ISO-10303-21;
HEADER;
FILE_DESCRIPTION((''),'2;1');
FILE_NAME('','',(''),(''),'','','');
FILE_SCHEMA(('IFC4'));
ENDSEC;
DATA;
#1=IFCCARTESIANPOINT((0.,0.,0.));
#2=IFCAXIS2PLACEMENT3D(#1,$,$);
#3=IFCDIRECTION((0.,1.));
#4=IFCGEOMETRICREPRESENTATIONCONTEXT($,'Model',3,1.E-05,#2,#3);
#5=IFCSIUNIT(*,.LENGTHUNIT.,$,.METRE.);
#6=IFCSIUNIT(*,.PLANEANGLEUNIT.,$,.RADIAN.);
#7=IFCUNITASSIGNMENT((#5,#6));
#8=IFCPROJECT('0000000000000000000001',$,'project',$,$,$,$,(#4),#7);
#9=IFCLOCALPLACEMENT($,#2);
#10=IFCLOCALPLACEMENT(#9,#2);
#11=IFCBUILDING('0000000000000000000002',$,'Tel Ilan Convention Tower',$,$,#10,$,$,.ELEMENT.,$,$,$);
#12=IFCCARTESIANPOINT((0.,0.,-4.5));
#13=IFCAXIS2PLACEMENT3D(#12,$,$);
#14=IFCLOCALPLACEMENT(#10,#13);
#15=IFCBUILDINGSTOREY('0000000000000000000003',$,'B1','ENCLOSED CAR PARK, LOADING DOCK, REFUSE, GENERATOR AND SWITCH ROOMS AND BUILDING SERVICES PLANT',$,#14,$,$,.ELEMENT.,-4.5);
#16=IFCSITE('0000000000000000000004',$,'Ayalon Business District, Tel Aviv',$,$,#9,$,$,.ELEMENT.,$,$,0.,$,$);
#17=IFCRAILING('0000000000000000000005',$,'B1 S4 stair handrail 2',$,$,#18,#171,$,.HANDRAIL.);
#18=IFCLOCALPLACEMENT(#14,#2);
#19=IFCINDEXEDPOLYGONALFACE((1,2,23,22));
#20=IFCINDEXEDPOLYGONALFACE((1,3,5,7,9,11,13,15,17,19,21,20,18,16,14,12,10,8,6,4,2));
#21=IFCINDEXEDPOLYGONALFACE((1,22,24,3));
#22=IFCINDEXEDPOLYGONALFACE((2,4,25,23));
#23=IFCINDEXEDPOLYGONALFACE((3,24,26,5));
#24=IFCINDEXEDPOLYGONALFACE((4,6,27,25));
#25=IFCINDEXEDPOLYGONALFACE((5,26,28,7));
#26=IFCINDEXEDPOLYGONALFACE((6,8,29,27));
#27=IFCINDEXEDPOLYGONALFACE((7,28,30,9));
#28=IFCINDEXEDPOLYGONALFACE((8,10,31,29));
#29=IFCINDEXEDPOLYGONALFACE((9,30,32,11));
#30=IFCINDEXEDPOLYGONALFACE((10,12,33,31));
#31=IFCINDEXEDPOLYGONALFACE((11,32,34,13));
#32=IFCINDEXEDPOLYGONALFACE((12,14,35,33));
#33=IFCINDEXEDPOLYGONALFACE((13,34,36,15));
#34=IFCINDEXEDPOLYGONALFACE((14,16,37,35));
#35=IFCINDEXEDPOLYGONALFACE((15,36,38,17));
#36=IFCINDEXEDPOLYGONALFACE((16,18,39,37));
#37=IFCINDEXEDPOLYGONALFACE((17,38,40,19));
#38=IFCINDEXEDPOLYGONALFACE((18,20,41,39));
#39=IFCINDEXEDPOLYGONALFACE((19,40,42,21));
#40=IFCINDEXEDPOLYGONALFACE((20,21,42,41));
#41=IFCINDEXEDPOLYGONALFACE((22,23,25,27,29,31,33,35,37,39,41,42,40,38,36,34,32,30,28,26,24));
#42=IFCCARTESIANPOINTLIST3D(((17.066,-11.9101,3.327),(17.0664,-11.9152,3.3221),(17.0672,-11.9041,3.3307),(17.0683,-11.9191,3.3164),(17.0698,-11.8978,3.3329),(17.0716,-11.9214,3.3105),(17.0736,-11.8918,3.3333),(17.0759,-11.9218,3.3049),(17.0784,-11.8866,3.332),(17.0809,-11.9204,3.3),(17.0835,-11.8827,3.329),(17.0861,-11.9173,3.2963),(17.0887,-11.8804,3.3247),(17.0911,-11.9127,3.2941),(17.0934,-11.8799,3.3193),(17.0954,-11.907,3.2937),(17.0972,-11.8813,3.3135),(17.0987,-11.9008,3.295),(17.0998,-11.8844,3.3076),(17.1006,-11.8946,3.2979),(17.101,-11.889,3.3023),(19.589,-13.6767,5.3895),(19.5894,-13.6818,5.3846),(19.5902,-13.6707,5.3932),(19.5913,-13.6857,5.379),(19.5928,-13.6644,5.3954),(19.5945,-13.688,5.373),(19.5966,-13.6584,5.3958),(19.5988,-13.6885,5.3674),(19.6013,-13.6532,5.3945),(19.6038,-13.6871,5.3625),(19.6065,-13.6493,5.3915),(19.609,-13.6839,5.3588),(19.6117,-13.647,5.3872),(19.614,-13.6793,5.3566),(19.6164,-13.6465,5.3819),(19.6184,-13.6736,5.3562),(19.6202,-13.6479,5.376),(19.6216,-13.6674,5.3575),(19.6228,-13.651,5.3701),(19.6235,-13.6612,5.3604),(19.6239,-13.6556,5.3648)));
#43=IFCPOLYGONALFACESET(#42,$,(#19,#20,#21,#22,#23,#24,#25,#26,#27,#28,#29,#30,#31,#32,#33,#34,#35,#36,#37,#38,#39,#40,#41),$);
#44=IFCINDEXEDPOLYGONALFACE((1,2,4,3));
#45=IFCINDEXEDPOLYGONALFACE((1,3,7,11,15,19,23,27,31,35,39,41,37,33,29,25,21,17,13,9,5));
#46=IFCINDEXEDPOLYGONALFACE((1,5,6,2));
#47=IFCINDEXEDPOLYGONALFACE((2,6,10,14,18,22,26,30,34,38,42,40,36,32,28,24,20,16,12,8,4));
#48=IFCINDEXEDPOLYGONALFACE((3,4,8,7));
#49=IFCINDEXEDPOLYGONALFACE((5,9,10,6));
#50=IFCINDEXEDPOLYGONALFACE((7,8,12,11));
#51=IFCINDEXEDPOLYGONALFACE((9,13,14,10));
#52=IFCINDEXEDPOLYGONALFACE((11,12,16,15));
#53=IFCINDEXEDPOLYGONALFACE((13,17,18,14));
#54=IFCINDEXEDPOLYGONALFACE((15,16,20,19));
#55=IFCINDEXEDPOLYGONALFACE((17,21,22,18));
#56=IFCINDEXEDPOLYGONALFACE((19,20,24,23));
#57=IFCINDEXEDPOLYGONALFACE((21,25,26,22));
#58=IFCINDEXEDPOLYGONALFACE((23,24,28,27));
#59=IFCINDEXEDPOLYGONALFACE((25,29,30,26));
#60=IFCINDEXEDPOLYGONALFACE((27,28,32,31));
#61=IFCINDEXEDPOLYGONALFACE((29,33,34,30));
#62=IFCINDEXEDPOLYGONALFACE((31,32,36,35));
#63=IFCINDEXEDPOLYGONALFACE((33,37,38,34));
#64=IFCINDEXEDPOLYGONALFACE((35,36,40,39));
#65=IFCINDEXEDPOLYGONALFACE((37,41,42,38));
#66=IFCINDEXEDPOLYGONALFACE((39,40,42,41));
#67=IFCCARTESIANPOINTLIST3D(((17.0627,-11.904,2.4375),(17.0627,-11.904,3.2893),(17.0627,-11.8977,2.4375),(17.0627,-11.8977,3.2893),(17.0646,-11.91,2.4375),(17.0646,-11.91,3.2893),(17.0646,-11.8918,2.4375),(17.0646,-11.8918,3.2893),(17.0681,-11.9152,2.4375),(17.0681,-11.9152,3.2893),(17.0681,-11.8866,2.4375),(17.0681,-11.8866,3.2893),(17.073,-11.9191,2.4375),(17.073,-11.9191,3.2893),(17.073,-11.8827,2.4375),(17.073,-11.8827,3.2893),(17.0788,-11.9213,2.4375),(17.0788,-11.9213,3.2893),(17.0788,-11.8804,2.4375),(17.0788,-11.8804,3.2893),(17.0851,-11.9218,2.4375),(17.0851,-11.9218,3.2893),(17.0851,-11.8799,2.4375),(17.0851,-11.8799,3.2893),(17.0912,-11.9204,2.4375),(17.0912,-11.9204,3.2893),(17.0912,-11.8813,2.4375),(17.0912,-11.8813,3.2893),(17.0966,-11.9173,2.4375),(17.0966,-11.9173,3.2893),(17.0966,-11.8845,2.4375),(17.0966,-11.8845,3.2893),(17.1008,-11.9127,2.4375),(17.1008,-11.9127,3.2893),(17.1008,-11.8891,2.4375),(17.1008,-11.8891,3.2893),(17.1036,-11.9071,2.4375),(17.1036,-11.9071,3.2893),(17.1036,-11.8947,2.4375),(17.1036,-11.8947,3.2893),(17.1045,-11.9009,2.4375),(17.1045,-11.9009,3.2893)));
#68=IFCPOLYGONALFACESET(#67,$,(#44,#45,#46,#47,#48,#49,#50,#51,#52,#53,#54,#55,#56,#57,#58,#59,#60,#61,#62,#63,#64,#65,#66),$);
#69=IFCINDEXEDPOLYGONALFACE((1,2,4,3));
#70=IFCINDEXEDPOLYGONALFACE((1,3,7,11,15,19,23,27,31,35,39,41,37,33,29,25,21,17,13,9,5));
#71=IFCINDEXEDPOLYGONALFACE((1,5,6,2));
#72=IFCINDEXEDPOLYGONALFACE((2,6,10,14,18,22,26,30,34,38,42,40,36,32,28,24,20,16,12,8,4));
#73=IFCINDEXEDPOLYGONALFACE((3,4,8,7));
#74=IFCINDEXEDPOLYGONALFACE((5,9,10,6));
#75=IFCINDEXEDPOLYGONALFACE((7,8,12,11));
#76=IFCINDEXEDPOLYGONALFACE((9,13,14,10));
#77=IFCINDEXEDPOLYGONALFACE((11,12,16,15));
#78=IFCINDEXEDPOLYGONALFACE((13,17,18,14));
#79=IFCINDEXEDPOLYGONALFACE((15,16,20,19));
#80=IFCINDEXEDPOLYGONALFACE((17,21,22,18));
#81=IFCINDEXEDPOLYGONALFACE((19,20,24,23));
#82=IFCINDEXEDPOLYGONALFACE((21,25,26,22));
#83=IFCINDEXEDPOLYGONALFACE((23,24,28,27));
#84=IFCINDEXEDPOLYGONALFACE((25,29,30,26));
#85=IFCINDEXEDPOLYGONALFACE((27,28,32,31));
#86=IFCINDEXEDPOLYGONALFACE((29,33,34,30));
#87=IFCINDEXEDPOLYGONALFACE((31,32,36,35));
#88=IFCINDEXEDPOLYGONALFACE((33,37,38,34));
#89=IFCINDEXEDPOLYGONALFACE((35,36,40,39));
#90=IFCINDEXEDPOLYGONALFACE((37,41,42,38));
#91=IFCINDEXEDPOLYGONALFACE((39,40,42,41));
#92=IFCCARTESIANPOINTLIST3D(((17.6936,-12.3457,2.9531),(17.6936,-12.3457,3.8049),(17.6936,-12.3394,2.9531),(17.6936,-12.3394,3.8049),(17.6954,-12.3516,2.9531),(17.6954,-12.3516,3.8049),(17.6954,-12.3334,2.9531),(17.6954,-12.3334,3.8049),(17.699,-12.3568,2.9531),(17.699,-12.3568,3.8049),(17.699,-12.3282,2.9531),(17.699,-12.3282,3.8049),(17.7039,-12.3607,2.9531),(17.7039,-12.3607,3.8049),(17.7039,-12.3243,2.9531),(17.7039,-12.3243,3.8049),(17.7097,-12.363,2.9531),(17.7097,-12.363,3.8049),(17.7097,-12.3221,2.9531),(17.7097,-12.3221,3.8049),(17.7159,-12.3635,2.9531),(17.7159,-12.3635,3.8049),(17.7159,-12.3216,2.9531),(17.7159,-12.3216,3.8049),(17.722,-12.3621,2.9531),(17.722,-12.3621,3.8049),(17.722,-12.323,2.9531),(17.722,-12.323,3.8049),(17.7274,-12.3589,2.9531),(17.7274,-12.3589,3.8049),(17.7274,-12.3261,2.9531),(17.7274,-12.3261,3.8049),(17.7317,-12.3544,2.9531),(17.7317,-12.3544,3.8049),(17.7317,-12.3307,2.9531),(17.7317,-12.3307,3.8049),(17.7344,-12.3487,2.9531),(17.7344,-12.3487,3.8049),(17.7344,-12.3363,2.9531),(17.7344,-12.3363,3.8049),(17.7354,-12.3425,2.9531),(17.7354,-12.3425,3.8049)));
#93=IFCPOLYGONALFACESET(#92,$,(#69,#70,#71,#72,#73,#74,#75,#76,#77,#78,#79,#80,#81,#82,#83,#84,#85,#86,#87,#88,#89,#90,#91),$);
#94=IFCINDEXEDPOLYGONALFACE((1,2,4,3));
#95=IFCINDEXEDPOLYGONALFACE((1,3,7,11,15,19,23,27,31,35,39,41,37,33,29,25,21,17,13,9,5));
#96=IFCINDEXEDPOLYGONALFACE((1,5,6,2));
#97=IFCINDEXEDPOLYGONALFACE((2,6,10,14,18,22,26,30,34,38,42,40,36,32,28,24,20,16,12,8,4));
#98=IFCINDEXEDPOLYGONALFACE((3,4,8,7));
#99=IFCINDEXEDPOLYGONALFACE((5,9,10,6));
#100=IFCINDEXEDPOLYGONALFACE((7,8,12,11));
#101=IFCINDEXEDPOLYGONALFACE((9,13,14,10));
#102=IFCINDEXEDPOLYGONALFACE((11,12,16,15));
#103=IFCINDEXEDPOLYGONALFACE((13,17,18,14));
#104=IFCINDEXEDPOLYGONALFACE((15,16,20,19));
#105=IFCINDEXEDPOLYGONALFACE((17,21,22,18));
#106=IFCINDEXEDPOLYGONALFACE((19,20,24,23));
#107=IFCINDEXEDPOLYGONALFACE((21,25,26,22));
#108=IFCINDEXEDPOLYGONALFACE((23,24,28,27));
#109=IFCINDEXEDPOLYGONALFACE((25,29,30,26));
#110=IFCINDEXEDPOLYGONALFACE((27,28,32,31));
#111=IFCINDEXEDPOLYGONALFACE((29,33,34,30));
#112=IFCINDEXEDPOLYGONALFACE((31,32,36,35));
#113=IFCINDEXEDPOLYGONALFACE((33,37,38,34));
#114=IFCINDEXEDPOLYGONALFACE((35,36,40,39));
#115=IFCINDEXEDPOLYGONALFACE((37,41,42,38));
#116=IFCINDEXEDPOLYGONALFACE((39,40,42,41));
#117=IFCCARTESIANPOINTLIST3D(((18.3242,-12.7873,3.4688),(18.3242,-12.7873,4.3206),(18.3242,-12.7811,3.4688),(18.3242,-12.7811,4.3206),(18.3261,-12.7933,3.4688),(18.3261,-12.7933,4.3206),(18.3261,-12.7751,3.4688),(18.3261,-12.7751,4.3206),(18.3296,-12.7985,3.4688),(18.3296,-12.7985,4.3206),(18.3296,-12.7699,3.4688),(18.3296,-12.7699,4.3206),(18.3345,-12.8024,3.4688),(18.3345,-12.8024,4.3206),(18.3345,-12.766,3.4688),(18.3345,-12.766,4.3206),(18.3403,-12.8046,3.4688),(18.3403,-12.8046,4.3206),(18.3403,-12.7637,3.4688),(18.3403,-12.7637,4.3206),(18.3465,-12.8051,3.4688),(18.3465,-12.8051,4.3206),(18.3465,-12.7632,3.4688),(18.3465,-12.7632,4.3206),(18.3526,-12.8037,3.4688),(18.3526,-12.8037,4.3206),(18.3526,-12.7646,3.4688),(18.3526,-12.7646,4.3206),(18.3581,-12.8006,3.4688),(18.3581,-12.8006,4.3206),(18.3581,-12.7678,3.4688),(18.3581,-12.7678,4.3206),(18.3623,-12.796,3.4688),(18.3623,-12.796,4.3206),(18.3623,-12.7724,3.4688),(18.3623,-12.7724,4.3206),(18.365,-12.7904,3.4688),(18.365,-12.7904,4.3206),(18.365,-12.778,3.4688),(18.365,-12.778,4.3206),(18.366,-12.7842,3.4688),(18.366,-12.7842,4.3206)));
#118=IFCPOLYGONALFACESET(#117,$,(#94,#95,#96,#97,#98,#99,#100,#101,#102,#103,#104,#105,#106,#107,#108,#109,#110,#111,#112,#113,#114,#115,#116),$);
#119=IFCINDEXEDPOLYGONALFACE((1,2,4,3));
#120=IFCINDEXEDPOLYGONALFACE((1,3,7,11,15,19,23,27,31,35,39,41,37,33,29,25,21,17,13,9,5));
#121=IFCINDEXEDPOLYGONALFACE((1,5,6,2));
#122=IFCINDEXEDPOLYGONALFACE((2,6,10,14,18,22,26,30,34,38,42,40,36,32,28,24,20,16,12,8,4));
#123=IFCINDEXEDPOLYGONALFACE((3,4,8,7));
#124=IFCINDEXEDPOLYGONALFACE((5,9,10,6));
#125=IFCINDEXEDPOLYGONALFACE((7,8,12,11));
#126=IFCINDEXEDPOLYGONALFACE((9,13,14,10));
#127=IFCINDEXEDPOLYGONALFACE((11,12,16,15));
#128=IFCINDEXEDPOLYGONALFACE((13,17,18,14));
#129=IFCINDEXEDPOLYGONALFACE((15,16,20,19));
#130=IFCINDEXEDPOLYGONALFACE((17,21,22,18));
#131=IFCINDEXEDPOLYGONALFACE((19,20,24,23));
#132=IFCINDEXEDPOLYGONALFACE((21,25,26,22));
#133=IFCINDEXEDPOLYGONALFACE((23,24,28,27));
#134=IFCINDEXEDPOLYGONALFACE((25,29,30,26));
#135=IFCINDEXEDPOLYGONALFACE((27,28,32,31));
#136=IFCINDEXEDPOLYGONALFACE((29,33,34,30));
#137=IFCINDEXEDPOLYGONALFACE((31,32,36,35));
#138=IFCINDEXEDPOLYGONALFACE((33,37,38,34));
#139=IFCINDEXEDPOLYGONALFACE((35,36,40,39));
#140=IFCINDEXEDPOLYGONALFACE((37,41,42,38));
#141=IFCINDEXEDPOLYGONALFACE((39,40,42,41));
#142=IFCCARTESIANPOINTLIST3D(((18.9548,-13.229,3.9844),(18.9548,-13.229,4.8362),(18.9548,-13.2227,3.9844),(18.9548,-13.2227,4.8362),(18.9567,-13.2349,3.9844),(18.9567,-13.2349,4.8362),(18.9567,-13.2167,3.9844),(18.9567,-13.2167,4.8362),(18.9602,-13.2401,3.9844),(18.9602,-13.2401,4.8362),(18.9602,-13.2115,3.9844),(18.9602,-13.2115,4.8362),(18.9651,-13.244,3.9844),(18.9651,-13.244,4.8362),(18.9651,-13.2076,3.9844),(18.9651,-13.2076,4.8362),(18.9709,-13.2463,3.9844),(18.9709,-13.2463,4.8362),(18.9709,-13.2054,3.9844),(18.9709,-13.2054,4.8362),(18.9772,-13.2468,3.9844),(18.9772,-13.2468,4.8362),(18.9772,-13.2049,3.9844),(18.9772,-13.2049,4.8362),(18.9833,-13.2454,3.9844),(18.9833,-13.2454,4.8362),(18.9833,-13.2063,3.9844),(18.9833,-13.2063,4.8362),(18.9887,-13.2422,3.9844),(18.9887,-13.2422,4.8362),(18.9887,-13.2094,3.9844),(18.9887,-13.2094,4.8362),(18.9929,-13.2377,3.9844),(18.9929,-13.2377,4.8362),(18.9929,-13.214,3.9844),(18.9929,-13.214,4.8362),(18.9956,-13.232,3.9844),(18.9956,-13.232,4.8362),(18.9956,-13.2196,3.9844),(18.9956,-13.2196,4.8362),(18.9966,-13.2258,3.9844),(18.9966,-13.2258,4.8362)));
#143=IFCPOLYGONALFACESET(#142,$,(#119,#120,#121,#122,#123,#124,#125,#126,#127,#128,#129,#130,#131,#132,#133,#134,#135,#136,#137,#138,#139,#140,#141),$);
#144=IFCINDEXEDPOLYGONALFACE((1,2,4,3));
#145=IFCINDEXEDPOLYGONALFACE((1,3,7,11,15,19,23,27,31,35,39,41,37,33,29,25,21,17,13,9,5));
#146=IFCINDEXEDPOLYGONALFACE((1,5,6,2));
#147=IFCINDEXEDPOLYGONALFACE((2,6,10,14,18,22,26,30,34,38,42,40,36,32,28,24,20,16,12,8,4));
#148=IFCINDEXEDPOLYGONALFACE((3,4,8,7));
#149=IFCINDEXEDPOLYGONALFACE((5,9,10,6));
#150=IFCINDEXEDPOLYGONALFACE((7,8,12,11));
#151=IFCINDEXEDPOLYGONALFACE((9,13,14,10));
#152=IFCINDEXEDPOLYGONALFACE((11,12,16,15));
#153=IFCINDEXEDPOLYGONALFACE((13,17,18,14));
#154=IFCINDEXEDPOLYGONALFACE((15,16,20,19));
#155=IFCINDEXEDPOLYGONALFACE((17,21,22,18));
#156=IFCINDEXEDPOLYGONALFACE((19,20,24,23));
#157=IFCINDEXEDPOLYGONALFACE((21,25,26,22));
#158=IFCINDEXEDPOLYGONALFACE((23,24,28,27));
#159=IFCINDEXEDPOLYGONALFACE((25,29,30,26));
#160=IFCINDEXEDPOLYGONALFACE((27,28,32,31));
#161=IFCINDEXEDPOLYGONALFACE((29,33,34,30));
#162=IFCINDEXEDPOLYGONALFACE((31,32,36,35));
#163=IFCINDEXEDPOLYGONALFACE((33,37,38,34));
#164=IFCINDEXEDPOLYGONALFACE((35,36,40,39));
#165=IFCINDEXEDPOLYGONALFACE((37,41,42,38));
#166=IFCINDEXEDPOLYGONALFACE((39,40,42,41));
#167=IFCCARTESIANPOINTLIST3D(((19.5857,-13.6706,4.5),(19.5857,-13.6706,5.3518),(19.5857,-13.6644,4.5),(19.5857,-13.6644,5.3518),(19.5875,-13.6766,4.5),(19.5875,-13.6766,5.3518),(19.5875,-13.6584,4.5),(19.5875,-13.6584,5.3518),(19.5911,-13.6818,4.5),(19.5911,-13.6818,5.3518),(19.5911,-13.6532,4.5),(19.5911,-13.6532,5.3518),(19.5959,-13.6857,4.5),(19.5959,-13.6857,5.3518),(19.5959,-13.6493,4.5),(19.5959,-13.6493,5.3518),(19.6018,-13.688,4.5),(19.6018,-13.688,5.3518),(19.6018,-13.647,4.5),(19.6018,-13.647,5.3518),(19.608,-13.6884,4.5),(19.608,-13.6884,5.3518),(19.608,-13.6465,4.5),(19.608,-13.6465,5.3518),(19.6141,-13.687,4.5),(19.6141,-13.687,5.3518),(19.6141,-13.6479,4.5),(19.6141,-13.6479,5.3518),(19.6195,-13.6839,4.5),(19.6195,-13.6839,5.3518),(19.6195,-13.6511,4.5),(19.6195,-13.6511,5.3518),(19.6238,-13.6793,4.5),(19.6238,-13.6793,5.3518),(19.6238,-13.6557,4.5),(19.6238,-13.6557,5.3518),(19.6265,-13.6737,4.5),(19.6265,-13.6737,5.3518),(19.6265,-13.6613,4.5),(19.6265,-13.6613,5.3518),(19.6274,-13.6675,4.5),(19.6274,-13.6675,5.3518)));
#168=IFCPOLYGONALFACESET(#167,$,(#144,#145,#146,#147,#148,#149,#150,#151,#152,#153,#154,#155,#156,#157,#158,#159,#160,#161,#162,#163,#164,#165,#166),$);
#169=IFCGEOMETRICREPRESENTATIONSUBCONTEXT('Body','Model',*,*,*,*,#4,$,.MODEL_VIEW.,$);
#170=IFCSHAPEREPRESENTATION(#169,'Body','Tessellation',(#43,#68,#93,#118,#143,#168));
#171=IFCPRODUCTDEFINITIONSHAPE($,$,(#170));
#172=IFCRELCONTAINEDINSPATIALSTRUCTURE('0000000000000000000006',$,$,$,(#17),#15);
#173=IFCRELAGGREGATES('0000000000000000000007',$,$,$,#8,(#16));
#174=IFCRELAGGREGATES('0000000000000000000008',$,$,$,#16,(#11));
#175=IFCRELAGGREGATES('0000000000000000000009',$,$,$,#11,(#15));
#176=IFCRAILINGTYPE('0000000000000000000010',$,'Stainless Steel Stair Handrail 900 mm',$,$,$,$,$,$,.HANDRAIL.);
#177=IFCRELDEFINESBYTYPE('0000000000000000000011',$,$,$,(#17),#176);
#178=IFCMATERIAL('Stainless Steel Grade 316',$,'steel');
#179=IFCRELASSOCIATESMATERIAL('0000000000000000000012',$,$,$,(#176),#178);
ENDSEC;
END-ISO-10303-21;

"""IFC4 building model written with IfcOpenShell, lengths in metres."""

from ifc_helpers import new_model, si_unit, direction, frame, origin, origin_2d, place, context, subcontext, project, spatial, circle, extrude, material, type_object, element, save


model = new_model("IFC4")

# Units and contexts
model_context = context("Model", 3, precision=1e-05, world=origin(), true_north=direction((0.0, 1.0)))
body_context = subcontext(model_context, "Body", "Model", "MODEL_VIEW")
ifc_project = project(units=[si_unit("LENGTHUNIT", "METRE"), si_unit("PLANEANGLEUNIT", "RADIAN")], contexts=[model_context])

# Site, building, storey
site_placement = place(None, origin())
site = spatial("IfcSite", under=ifc_project, at=site_placement, Name="Ayalon Business District, Tel Aviv", CompositionType="ELEMENT", RefElevation=0.0)
building_placement = place(site_placement, origin())
building = spatial("IfcBuilding", under=site, at=building_placement, Name="Tel Ilan Convention Tower", CompositionType="ELEMENT")
storey_placement = place(building_placement, frame((0.0, 0.0, -4.5)))
storey = spatial("IfcBuildingStorey", under=building, at=storey_placement, Name="B1", Description="ENCLOSED CAR PARK, LOADING DOCK, REFUSE, GENERATOR AND SWITCH ROOMS AND BUILDING SERVICES PLANT", CompositionType="ELEMENT", Elevation=-4.5)

# Railing
ifc_material_1 = material(Name="Stainless Steel Grade 316", Category="steel")
railing_type_1 = type_object("IfcRailingType", Name="Stainless Steel Stair Handrail 900 mm", PredefinedType="HANDRAIL", material=ifc_material_1)
railing_1_placement = place(storey_placement, frame((17.0835, -11.9009, 2.4375)))
element("IfcRailing", 1, at=railing_1_placement, inside=storey, type_object=railing_type_1, Name="B1 S4 stair handrail 2", PredefinedType="HANDRAIL", context=body_context, shape_type="SweptSolid", body=[
    extrude(circle(Radius=0.0239, at=origin_2d()), frame((0.0, 0.0, 0.876), z_axis=(0.680635, -0.476589, 0.556416), x_axis=(0.573579, 0.81915, 0.0)), (0.0, 0.0, 1.0), 3.7068),
    extrude(circle(Radius=0.021, at=origin_2d()), origin(), (0.0, 0.0, 1.0), 0.8518),
    extrude(circle(Radius=0.021, at=origin_2d()), frame((0.6309, -0.4417, 0.5156)), (0.0, 0.0, 1.0), 0.8518),
    extrude(circle(Radius=0.021, at=origin_2d()), frame((1.2615, -0.8833, 1.0312)), (0.0, 0.0, 1.0), 0.8518),
    extrude(circle(Radius=0.021, at=origin_2d()), frame((1.8921, -1.325, 1.5469)), (0.0, 0.0, 1.0), 0.8518),
    extrude(circle(Radius=0.021, at=origin_2d()), frame((2.5229, -1.7666, 2.0625)), (0.0, 0.0, 1.0), 0.8518),
])

save(model, "model.ifc")
